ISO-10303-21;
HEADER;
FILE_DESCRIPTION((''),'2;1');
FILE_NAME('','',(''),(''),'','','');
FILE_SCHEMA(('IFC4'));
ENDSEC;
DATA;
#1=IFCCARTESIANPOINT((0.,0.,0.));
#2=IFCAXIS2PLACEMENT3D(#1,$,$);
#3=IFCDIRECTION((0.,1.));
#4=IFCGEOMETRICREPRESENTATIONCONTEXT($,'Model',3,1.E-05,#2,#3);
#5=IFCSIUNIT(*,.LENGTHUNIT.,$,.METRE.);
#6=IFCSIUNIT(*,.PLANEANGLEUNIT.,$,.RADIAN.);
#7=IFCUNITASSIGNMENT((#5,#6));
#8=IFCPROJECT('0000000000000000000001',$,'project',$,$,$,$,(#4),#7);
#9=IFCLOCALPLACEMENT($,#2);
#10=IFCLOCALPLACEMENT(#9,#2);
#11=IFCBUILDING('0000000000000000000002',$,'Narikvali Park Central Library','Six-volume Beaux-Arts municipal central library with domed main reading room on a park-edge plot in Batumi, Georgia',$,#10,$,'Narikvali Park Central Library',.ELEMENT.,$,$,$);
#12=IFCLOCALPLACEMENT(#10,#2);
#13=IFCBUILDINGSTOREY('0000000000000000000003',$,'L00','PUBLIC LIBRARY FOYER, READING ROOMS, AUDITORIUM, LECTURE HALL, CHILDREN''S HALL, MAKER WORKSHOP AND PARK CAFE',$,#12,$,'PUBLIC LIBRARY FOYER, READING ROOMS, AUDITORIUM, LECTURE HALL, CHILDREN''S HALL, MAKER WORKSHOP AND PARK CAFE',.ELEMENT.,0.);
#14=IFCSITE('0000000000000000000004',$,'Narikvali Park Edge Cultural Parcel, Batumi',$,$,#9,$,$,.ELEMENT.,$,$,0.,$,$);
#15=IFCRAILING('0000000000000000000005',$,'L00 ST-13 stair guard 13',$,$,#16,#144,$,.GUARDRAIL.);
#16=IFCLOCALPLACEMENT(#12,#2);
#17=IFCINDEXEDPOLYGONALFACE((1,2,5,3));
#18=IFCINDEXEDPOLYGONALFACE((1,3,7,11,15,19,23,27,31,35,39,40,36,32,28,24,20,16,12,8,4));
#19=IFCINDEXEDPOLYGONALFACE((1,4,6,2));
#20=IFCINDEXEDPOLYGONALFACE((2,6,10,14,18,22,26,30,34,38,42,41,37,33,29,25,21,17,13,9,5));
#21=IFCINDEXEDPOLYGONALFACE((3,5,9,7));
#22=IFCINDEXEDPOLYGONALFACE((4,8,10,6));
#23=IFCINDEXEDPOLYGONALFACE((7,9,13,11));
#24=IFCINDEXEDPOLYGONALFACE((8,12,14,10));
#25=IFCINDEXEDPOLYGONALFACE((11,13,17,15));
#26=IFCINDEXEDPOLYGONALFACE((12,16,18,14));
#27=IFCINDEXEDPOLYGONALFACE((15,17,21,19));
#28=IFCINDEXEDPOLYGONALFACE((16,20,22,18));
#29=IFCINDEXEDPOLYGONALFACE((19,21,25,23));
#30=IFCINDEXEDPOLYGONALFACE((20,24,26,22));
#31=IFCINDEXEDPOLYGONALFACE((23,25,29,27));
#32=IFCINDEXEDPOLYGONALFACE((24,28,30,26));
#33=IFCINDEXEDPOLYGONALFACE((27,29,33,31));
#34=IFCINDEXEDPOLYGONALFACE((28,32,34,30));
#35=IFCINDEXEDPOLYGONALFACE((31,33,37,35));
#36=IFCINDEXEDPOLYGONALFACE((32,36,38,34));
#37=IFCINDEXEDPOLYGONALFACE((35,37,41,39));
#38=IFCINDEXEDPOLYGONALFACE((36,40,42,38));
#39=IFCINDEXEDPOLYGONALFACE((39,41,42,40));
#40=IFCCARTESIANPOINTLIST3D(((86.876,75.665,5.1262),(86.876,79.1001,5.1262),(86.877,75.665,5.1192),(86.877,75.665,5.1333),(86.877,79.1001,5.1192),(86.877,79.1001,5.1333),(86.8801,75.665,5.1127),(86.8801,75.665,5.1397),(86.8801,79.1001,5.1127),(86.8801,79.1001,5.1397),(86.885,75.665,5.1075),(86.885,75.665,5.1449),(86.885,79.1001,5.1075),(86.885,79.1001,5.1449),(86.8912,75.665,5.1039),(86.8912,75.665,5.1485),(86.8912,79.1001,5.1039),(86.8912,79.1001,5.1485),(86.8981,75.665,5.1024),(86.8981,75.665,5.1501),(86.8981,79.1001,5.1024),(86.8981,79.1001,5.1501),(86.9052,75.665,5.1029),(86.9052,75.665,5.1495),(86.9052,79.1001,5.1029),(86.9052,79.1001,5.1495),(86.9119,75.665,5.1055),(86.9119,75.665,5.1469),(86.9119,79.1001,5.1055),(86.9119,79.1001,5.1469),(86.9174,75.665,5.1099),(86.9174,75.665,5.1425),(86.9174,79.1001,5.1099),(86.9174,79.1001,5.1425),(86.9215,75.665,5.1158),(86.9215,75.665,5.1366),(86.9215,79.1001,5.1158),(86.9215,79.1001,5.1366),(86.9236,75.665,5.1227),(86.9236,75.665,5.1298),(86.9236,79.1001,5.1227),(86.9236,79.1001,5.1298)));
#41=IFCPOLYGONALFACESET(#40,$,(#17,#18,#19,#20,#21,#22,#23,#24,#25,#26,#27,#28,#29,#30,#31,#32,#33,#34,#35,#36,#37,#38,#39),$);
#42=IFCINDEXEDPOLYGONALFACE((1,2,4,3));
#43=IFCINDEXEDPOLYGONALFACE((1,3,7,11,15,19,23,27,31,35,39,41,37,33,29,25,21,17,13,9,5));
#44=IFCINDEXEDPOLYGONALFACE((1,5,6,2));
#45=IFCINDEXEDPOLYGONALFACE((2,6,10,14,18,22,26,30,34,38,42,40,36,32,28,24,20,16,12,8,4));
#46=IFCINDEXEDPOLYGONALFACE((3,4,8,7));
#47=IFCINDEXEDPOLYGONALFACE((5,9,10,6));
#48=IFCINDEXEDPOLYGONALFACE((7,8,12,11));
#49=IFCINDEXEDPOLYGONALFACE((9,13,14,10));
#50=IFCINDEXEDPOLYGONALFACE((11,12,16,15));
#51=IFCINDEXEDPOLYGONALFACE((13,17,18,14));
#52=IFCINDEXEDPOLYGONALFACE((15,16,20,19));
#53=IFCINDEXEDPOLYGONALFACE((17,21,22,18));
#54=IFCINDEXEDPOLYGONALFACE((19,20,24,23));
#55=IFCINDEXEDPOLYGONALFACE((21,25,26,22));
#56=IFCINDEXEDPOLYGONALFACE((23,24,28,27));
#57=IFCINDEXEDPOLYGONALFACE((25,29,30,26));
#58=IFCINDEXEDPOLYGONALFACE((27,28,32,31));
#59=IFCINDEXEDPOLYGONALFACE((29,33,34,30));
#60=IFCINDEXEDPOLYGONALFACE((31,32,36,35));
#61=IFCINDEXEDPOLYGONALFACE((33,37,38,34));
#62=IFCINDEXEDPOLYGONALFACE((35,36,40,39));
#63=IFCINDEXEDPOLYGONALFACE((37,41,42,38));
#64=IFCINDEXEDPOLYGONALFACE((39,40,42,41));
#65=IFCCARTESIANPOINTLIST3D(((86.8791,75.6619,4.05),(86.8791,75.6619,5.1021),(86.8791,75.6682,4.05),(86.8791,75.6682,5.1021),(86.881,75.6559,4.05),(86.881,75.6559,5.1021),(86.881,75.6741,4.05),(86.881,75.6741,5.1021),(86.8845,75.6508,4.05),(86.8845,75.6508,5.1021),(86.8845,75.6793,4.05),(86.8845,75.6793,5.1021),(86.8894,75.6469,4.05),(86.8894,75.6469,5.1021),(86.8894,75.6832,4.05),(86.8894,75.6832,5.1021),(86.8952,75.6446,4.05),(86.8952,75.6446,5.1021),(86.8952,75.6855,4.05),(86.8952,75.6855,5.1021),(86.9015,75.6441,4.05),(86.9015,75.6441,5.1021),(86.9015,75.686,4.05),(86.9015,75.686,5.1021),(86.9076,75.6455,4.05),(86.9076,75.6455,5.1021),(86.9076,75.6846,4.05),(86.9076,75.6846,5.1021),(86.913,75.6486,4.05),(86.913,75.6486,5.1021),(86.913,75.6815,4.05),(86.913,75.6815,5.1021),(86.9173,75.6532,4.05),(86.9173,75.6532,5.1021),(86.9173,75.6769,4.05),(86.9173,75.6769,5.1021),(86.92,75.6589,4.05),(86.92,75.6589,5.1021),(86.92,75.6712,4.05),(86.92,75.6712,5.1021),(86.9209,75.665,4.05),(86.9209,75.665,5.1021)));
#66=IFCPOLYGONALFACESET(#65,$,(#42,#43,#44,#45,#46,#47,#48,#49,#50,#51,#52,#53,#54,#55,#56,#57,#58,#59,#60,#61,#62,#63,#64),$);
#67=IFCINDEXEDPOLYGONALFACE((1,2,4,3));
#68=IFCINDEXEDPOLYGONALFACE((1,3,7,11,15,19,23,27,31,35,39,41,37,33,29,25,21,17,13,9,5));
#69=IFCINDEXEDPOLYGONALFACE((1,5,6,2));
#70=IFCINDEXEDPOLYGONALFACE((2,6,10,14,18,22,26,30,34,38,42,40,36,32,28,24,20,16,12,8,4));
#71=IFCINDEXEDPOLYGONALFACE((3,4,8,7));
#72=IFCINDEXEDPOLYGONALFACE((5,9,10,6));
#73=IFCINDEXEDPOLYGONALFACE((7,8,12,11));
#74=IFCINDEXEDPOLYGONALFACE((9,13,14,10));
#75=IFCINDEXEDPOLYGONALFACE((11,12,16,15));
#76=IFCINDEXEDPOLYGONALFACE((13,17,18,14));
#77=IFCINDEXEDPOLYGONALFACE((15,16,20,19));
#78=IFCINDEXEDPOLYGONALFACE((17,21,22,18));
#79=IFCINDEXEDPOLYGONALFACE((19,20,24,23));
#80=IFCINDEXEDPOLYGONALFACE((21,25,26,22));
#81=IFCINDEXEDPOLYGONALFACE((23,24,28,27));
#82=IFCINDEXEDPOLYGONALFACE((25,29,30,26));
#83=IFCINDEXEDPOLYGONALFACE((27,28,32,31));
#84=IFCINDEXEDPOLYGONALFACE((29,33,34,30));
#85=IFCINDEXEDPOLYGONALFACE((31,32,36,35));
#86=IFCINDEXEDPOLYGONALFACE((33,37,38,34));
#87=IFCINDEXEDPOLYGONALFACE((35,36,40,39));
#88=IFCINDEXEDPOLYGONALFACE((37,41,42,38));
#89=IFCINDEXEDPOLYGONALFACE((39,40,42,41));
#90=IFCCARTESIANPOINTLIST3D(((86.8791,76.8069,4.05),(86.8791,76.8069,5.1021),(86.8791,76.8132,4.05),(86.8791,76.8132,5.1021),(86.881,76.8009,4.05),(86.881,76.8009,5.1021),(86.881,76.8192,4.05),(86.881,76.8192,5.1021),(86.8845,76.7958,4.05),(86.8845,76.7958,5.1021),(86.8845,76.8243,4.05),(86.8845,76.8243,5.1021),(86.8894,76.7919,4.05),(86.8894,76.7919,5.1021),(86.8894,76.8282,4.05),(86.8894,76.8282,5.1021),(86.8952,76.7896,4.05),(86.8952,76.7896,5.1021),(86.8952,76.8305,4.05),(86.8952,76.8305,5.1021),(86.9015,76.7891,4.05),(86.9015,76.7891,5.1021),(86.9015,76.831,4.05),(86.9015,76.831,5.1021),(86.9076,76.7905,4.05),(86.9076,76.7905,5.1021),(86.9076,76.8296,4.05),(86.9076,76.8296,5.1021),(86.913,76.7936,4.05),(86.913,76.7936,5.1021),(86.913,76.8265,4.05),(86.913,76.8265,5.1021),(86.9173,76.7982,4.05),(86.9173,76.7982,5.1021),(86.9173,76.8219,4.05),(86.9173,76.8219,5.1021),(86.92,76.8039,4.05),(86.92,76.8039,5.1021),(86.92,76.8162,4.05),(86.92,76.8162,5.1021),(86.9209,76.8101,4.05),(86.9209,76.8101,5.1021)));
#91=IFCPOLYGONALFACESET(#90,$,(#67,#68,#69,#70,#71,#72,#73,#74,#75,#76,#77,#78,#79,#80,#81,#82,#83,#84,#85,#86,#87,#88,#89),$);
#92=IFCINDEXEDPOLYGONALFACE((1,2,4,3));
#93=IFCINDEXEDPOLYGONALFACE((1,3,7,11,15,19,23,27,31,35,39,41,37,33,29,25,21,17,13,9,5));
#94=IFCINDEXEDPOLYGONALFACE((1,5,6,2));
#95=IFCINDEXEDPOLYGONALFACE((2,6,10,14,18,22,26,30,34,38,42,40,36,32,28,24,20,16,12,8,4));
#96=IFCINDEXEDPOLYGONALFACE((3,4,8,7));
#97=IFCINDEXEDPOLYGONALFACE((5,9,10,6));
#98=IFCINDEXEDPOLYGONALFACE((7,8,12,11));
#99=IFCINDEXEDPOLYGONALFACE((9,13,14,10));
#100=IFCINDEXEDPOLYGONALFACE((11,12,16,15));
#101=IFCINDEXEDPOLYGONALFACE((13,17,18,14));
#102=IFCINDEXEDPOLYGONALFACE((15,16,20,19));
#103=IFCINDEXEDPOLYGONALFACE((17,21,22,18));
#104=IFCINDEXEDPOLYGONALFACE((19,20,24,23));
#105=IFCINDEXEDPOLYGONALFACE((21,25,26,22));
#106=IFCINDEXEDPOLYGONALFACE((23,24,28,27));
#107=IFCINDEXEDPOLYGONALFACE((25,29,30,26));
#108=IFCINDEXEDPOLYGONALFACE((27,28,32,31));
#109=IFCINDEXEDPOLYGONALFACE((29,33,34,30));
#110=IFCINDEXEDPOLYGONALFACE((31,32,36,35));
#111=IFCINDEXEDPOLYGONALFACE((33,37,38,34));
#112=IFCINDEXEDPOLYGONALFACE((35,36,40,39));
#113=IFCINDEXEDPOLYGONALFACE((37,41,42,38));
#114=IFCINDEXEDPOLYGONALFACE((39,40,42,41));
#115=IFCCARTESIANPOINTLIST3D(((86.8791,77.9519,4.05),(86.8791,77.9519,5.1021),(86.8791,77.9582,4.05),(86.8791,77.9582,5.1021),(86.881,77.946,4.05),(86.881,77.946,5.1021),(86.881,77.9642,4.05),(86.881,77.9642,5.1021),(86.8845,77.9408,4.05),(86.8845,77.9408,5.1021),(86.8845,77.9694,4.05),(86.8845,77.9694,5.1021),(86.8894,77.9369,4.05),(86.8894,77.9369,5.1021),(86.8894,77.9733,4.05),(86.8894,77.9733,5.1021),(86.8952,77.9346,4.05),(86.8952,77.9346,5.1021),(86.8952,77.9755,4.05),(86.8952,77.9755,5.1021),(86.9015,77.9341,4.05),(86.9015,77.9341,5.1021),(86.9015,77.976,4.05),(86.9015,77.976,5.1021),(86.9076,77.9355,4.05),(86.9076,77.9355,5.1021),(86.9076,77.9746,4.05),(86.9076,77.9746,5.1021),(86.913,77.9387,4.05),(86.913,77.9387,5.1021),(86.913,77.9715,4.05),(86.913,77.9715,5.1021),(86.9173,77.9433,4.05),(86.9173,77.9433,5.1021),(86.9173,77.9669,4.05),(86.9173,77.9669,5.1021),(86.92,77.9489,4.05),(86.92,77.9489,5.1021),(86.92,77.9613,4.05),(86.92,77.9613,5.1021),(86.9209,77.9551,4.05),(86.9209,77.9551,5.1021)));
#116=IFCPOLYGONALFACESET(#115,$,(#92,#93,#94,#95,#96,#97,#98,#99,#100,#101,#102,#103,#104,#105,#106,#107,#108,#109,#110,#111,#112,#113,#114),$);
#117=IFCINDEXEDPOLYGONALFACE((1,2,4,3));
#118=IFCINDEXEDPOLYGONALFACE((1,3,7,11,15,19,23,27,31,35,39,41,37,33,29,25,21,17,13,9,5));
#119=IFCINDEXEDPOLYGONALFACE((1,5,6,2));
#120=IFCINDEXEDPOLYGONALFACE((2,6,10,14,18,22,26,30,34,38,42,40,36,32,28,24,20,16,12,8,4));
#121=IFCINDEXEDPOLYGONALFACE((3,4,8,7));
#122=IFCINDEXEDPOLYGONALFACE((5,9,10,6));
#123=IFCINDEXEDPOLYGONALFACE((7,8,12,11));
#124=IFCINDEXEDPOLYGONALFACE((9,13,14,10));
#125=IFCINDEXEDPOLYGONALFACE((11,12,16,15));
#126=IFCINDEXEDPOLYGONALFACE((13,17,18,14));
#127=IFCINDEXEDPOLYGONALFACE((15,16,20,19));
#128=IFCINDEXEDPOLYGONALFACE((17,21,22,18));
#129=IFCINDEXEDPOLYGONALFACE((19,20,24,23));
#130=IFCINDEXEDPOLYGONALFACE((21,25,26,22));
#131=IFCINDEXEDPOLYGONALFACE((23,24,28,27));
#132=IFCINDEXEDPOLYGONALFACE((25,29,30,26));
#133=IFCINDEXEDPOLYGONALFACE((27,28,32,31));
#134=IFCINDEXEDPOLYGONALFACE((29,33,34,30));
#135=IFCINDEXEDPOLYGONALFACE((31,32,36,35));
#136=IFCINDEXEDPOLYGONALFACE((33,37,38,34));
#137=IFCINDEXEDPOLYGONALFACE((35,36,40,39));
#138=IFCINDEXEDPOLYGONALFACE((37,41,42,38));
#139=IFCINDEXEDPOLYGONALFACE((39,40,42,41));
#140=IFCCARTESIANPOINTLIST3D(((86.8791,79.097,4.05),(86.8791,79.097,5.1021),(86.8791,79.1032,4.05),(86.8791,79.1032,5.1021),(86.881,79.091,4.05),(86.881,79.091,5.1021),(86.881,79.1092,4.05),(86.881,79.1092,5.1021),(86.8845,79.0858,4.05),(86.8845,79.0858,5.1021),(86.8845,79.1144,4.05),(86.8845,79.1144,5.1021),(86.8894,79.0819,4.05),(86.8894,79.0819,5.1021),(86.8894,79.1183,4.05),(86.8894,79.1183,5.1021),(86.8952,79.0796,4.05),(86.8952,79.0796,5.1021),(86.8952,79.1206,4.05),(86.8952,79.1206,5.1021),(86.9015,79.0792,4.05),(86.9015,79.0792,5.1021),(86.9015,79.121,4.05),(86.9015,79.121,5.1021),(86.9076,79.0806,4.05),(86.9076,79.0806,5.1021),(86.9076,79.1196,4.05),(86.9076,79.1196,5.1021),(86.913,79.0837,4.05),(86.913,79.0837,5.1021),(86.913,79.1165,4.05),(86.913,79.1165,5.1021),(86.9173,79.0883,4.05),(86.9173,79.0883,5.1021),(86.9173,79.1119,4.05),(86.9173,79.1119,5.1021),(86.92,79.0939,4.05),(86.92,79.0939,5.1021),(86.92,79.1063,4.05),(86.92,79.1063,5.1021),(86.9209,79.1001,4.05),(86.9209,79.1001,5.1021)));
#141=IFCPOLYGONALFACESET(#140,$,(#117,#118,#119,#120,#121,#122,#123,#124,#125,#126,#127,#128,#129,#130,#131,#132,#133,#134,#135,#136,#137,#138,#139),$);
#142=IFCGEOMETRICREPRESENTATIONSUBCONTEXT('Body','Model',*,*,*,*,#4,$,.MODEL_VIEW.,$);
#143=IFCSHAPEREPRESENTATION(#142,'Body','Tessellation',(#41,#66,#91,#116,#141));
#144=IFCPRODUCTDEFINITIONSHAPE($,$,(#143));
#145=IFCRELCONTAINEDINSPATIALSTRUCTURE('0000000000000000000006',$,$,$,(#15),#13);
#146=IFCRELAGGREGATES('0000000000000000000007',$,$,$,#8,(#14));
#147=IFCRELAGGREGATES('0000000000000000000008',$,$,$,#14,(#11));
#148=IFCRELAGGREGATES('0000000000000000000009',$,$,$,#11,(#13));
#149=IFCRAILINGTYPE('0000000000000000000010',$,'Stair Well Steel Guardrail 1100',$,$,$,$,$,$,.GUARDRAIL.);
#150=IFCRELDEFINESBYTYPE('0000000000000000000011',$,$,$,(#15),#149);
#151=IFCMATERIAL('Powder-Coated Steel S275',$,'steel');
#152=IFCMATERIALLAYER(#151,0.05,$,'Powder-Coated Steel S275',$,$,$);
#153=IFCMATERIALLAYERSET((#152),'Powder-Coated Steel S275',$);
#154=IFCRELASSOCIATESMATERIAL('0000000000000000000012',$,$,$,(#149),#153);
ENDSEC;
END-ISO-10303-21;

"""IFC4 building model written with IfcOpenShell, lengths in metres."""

from ifc_helpers import new_model, si_unit, direction, frame, origin, origin_2d, place, context, subcontext, project, spatial, circle, extrude, material, layer, layer_set, type_object, element, save


model = new_model("IFC4")

# Units and contexts
model_context = context("Model", 3, precision=1e-05, world=origin(), true_north=direction((0.0, 1.0)))
body_context = subcontext(model_context, "Body", "Model", "MODEL_VIEW")
ifc_project = project(units=[si_unit("LENGTHUNIT", "METRE"), si_unit("PLANEANGLEUNIT", "RADIAN")], contexts=[model_context])

# Site, building, storey
site_placement = place(None, origin())
site = spatial("IfcSite", under=ifc_project, at=site_placement, Name="Narikvali Park Edge Cultural Parcel, Batumi", CompositionType="ELEMENT", RefElevation=0.0)
building_placement = place(site_placement, origin())
building = spatial("IfcBuilding", under=site, at=building_placement, Name="Narikvali Park Central Library", Description="Six-volume Beaux-Arts municipal central library with domed main reading room on a park-edge plot in Batumi, Georgia", LongName="Narikvali Park Central Library", CompositionType="ELEMENT")
storey_placement = place(building_placement, origin())
storey = spatial("IfcBuildingStorey", under=building, at=storey_placement, Name="L00", Description="PUBLIC LIBRARY FOYER, READING ROOMS, AUDITORIUM, LECTURE HALL, CHILDREN'S HALL, MAKER WORKSHOP AND PARK CAFE", LongName="PUBLIC LIBRARY FOYER, READING ROOMS, AUDITORIUM, LECTURE HALL, CHILDREN'S HALL, MAKER WORKSHOP AND PARK CAFE", CompositionType="ELEMENT", Elevation=0.0)

# Railing
ifc_material_1 = material(Name="Powder-Coated Steel S275", Category="steel")
ifc_layer_1 = layer(ifc_material_1, 0.05, Name="Powder-Coated Steel S275")
ifc_layer_set_1 = layer_set([ifc_layer_1], Name="Powder-Coated Steel S275")
railing_type_1 = type_object("IfcRailingType", Name="Stair Well Steel Guardrail 1100", PredefinedType="GUARDRAIL", material=ifc_layer_set_1)
railing_1_placement = place(storey_placement, frame((86.8999, 75.665, 4.05)))
element("IfcRailing", 1, at=railing_1_placement, inside=storey, type_object=railing_type_1, Name="L00 ST-13 stair guard 13", PredefinedType="GUARDRAIL", context=body_context, shape_type="SweptSolid", body=[
    extrude(circle(Radius=0.0239, at=origin_2d()), frame((0.0, 0.0, 1.0762), z_axis=(0.0, 1.0, 0.0), x_axis=(-1.0, 0.0, 0.0)), (0.0, 0.0, 1.0), 3.4351),
    extrude(circle(Radius=0.021, at=origin_2d()), origin(), (0.0, 0.0, 1.0), 1.052),
    extrude(circle(Radius=0.021, at=origin_2d()), frame((0.0, 1.145, 0.0)), (0.0, 0.0, 1.0), 1.052),
    extrude(circle(Radius=0.021, at=origin_2d()), frame((0.0, 2.29, 0.0)), (0.0, 0.0, 1.0), 1.052),
    extrude(circle(Radius=0.021, at=origin_2d()), frame((0.0, 3.4351, 0.0)), (0.0, 0.0, 1.0), 1.052),
])

save(model, "model.ifc")
